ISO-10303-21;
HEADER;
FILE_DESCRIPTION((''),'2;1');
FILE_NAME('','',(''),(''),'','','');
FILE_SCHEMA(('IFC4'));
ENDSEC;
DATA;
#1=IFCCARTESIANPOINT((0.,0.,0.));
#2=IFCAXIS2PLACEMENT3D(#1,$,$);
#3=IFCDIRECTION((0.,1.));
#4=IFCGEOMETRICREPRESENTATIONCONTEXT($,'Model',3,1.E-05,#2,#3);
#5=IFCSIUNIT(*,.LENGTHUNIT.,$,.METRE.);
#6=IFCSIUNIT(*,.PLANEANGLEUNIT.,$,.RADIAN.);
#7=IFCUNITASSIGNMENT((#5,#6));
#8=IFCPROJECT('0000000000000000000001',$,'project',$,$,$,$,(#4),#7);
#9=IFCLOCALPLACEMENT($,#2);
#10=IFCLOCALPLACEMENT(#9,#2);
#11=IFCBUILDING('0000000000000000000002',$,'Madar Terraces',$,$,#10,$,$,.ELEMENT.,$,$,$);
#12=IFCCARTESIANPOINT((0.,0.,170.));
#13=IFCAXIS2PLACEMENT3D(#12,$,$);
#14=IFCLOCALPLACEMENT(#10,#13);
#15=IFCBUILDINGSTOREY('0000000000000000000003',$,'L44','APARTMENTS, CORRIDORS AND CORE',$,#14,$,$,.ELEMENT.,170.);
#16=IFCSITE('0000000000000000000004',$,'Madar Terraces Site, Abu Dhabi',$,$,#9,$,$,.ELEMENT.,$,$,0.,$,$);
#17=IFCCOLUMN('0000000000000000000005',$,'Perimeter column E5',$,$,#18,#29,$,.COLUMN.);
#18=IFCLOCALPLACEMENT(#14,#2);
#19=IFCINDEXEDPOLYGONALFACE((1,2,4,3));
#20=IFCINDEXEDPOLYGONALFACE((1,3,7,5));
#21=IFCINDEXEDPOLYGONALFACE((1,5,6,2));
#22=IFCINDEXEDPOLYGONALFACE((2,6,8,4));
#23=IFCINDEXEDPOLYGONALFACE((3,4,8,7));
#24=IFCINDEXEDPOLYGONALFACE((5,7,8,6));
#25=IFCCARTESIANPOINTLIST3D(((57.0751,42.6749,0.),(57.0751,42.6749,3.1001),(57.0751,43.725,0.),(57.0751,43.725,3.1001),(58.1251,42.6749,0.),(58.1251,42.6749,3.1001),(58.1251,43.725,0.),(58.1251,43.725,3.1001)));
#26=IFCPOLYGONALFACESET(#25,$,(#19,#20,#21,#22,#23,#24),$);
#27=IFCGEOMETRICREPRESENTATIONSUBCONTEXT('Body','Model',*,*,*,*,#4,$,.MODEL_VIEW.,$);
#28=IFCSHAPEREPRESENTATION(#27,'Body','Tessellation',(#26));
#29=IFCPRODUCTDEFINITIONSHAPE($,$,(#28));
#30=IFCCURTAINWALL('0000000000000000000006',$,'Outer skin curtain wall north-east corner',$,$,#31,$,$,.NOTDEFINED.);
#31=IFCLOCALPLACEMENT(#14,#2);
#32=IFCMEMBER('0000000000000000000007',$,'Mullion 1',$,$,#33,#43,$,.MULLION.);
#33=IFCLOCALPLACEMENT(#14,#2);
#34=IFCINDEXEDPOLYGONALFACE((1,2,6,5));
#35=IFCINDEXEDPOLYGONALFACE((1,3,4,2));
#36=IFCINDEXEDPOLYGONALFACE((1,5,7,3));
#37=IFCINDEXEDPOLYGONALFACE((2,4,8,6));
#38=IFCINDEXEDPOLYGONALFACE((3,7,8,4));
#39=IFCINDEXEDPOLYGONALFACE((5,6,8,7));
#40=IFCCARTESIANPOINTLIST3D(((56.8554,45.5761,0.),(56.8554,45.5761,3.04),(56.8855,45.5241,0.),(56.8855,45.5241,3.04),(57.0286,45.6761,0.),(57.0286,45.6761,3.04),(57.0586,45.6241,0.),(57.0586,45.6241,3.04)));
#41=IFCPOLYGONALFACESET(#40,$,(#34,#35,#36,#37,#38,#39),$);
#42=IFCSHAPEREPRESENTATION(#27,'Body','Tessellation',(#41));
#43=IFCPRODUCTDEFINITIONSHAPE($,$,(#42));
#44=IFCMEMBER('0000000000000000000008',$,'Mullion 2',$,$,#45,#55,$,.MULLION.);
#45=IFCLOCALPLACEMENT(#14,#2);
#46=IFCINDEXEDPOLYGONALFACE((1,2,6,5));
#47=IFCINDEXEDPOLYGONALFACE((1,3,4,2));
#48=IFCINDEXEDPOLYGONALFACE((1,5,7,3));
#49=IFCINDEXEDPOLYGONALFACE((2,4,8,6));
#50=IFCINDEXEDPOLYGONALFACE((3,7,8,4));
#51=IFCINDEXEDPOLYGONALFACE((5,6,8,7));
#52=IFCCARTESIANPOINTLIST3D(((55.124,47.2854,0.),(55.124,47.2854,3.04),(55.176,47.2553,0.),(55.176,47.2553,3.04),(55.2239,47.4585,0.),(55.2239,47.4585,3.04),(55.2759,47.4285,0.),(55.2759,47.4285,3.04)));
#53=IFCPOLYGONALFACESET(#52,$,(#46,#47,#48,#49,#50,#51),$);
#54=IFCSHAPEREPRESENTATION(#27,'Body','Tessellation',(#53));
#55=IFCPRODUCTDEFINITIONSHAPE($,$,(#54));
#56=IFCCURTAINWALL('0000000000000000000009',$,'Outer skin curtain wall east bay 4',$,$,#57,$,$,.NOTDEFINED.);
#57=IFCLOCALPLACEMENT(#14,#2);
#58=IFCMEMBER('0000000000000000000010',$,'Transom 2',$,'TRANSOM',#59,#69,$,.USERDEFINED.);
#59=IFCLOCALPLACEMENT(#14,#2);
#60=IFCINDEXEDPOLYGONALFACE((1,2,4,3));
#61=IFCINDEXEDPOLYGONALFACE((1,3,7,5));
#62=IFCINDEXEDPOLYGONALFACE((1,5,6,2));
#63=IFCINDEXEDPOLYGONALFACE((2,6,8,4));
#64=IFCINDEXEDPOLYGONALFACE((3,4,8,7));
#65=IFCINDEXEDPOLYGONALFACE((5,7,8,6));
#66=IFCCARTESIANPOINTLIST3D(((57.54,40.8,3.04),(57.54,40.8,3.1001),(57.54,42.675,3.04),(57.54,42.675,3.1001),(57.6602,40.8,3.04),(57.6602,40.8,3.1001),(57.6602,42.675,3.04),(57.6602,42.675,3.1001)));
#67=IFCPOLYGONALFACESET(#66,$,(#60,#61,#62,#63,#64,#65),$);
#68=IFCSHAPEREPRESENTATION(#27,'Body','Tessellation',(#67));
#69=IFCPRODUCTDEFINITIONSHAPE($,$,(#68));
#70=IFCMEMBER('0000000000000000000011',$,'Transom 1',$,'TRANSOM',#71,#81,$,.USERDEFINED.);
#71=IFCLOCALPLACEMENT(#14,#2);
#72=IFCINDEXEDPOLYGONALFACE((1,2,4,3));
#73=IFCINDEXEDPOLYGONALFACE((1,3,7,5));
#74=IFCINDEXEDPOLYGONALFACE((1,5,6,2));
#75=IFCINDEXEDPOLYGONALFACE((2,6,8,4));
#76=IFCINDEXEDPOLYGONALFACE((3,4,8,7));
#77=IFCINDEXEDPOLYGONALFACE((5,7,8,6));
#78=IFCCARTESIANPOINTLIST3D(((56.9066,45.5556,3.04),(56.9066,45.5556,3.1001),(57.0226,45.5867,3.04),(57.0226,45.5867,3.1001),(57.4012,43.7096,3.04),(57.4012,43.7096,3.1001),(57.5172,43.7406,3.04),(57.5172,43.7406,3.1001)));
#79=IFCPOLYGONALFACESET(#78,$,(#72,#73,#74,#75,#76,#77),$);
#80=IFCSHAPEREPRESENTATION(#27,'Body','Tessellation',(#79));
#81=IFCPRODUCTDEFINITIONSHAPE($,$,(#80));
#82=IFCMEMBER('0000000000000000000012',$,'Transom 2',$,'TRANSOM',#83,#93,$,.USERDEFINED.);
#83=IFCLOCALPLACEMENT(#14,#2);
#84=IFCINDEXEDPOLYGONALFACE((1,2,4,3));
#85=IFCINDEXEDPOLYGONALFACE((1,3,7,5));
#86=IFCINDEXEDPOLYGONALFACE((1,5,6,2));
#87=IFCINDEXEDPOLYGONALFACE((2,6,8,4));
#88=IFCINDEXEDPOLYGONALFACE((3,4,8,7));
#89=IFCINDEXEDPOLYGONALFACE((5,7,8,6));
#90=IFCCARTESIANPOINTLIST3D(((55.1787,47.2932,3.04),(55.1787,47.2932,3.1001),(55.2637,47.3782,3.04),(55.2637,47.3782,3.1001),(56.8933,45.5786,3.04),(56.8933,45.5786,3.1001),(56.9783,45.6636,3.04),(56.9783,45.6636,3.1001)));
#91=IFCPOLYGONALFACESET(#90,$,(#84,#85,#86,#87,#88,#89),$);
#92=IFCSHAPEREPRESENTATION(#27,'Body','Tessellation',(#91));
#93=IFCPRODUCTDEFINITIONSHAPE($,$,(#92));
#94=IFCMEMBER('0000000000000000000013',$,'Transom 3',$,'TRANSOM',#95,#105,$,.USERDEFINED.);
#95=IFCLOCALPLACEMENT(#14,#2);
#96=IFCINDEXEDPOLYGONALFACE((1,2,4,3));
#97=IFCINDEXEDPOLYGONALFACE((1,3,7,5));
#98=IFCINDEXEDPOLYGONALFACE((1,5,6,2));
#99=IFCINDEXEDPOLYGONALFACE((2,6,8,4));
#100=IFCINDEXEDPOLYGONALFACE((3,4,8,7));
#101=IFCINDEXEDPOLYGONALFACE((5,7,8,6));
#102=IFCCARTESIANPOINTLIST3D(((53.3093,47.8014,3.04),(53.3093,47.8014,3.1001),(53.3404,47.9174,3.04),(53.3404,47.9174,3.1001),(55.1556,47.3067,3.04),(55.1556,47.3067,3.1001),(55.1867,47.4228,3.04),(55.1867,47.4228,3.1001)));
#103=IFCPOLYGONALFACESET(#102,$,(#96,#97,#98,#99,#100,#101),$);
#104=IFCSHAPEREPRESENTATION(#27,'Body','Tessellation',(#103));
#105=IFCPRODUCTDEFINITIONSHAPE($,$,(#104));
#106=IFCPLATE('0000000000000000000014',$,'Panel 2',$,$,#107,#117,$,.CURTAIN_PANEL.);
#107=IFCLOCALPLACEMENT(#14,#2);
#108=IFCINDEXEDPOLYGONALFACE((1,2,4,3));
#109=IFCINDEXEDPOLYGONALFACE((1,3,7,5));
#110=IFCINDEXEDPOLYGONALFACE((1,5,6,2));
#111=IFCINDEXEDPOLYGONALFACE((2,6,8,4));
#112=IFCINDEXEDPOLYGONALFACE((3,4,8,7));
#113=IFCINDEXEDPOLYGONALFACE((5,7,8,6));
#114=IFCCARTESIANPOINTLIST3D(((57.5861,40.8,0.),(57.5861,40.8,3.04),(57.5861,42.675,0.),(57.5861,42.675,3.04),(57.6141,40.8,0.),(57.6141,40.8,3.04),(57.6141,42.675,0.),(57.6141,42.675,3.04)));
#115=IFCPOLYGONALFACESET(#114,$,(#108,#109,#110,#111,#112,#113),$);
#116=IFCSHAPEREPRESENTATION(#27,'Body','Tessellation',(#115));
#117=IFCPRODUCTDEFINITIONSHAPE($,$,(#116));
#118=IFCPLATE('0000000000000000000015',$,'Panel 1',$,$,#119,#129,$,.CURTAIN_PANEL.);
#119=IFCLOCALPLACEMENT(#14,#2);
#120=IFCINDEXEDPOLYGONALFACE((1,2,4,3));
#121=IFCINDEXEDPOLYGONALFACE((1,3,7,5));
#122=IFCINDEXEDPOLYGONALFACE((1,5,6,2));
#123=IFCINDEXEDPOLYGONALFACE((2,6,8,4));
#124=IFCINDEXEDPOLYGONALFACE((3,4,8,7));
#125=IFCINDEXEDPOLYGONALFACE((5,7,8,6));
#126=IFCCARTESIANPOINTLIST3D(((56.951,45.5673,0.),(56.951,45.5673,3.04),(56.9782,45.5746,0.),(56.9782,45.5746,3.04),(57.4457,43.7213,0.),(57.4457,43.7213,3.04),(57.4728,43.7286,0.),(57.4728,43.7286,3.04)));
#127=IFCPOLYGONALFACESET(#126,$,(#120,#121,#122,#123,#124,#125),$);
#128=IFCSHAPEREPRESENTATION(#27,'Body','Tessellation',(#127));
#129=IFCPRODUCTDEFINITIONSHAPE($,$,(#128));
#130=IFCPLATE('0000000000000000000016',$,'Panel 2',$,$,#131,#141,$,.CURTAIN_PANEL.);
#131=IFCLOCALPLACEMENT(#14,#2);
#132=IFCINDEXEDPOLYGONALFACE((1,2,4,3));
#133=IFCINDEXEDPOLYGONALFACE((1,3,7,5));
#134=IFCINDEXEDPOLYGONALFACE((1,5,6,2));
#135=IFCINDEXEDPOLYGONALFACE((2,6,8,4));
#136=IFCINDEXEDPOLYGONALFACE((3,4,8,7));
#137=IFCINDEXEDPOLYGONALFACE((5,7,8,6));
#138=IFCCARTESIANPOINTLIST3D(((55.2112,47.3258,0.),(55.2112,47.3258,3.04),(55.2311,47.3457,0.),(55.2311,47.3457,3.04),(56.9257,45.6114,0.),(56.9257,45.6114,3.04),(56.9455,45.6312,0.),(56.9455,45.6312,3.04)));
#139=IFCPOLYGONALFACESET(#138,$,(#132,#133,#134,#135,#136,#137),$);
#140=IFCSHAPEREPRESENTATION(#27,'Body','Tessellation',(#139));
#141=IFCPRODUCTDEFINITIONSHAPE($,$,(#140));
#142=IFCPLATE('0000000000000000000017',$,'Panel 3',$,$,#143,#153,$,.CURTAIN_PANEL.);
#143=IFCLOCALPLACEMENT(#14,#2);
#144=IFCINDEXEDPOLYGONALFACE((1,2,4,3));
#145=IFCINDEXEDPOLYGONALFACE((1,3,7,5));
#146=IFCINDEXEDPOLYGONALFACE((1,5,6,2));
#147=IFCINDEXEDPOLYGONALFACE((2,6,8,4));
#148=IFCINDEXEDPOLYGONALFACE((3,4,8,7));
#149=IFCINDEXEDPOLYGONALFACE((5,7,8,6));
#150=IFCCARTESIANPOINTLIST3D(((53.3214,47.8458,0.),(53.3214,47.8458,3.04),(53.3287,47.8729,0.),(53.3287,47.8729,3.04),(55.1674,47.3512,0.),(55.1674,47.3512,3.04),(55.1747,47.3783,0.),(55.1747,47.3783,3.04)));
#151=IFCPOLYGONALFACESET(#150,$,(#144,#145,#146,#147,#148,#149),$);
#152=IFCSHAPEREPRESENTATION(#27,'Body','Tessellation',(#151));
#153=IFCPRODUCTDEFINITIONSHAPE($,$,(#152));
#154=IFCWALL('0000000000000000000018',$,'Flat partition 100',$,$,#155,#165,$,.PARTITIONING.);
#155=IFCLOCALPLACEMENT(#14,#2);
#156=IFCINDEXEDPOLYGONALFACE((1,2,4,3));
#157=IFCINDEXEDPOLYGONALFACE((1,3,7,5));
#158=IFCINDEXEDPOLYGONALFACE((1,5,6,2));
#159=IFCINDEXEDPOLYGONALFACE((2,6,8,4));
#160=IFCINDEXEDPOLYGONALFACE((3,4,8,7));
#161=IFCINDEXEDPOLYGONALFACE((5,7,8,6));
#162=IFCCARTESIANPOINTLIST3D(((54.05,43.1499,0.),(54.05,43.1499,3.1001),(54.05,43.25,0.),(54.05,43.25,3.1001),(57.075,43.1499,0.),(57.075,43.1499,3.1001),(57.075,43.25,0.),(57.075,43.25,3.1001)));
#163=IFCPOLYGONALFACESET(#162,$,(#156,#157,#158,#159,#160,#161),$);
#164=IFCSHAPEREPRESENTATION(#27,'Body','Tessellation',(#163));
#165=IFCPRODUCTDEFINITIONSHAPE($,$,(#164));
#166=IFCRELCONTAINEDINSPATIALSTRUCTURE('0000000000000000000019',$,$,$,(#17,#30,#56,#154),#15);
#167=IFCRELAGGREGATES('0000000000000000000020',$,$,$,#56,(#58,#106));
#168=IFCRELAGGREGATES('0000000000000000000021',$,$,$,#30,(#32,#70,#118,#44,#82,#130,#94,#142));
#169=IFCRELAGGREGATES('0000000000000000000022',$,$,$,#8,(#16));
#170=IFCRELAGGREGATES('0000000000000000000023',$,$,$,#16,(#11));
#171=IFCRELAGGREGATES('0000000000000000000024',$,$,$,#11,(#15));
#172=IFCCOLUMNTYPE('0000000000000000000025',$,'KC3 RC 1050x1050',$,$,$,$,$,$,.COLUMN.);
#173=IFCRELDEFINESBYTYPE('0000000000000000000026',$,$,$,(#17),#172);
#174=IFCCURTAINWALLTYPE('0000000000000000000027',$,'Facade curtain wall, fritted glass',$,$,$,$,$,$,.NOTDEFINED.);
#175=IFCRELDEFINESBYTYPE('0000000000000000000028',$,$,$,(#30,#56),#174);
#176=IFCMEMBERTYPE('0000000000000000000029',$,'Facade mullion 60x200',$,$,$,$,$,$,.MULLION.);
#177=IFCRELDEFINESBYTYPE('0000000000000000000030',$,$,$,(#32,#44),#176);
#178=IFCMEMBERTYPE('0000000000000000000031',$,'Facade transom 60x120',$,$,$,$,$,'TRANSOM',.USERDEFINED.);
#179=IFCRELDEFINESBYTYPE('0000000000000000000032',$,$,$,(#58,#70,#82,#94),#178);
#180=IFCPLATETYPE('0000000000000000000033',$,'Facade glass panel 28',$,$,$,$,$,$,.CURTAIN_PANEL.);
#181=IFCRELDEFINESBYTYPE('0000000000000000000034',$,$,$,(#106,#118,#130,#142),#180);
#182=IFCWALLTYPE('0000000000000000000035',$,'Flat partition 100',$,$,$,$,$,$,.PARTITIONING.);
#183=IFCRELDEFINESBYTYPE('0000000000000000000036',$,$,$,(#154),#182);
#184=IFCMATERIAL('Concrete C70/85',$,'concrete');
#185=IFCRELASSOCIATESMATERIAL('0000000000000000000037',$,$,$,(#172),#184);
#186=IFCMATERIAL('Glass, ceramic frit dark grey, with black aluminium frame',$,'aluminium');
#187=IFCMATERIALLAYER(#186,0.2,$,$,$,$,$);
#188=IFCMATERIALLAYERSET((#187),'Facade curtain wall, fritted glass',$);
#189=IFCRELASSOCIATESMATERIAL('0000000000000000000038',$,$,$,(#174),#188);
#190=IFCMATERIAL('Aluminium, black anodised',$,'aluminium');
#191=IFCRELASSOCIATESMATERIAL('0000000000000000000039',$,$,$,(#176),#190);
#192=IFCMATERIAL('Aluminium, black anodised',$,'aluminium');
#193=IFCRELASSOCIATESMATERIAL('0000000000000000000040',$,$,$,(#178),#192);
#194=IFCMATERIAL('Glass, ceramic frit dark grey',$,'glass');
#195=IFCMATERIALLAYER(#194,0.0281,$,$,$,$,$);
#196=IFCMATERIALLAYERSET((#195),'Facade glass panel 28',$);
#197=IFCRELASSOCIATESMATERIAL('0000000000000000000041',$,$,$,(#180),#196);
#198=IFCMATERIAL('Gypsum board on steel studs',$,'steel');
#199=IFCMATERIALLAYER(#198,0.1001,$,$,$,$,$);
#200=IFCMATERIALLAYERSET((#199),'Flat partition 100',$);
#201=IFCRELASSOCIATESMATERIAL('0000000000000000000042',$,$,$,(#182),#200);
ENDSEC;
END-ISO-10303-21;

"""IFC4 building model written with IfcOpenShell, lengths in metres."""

from ifc_helpers import new_model, si_unit, direction, frame, frame_2d, origin, origin_2d, place, context, subcontext, project, spatial, rectangle, extrude, material, layer, layer_set, material_profile, profile_set, type_object, element, aggregate, save


model = new_model("IFC4")

# Units and contexts
model_context = context("Model", 3, precision=1e-05, world=origin(), true_north=direction((0.0, 1.0)))
body_context = subcontext(model_context, "Body", "Model", "MODEL_VIEW")
ifc_project = project(units=[si_unit("LENGTHUNIT", "METRE"), si_unit("PLANEANGLEUNIT", "RADIAN")], contexts=[model_context])

# Site, building, storey
site_placement = place(None, origin())
site = spatial("IfcSite", under=ifc_project, at=site_placement, Name="Madar Terraces Site, Abu Dhabi", CompositionType="ELEMENT", RefElevation=0.0)
building_placement = place(site_placement, origin())
building = spatial("IfcBuilding", under=site, at=building_placement, Name="Madar Terraces", CompositionType="ELEMENT")
storey_placement = place(building_placement, frame((0.0, 0.0, 170.0)))
storey = spatial("IfcBuildingStorey", under=building, at=storey_placement, Name="L44", Description="APARTMENTS, CORRIDORS AND CORE", CompositionType="ELEMENT", Elevation=170.0)

# Column
ifc_material_1 = material(Name="Concrete C70/85", Category="concrete")
ifc_material_profile_1 = material_profile(ifc_material_1, rectangle(XDim=1.05, YDim=1.05, at=origin_2d()), Name="KC3 RC 1050x1050")
ifc_profile_set_1 = profile_set([ifc_material_profile_1], Name="Concrete C70/85")
column_type = type_object("IfcColumnType", Name="KC3 RC 1050x1050", PredefinedType="COLUMN", material=ifc_profile_set_1)
column_placement = place(storey_placement, frame((57.6001, 43.2, 0.0), z_axis=(0.0, 0.0, 1.0), x_axis=(1.0, 0.0, 0.0)))
element("IfcColumn", 1, at=column_placement, inside=storey, type_object=column_type, Name="Perimeter column E5", PredefinedType="COLUMN", context=body_context, shape_type="SweptSolid", body=[
    extrude(rectangle(XDim=1.05, YDim=1.05, at=origin_2d()), origin(), (0.0, 0.0, 1.0), 3.1001),
])

# Curtain wall, members
ifc_material_2 = material(Name="Glass, ceramic frit dark grey, with black aluminium frame", Category="aluminium")
ifc_layer_1 = layer(ifc_material_2, 0.2)
ifc_layer_set_1 = layer_set([ifc_layer_1], Name="Facade curtain wall, fritted glass")
curtain_wall_type = type_object("IfcCurtainWallType", Name="Facade curtain wall, fritted glass", PredefinedType="NOTDEFINED", material=ifc_layer_set_1)
curtain_wall_1_placement = place(storey_placement, origin())
curtain_wall_1 = element("IfcCurtainWall", 2, at=curtain_wall_1_placement, inside=storey, type_object=curtain_wall_type, Name="Outer skin curtain wall north-east corner", PredefinedType="NOTDEFINED")
ifc_material_3 = material(Name="Aluminium, black anodised", Category="aluminium")
ifc_material_profile_2 = material_profile(ifc_material_3, rectangle(XDim=0.2, YDim=0.0601, at=origin_2d()), Name="Facade mullion 60x200")
ifc_profile_set_2 = profile_set([ifc_material_profile_2], Name="Aluminium, black anodised")
member_type_1 = type_object("IfcMemberType", Name="Facade mullion 60x200", PredefinedType="MULLION", material=ifc_profile_set_2)
member_1_placement = place(storey_placement, frame((56.957, 45.6001, 0.0), z_axis=(0.0, 0.0, 1.0), x_axis=(-0.866025, -0.5, 0.0)))
member_1 = element("IfcMember", 3, at=member_1_placement, type_object=member_type_1, Name="Mullion 1", PredefinedType="MULLION", context=body_context, shape_type="SweptSolid", body=[
    extrude(rectangle(XDim=0.2, YDim=0.0601, at=origin_2d()), origin(), (0.0, 0.0, 1.0), 3.04),
])
member_2_placement = place(storey_placement, frame((55.2, 47.3569, 0.0), z_axis=(0.0, 0.0, 1.0), x_axis=(-0.5, -0.866025, 0.0)))
member_2 = element("IfcMember", 4, at=member_2_placement, type_object=member_type_1, Name="Mullion 2", PredefinedType="MULLION", context=body_context, shape_type="SweptSolid", body=[
    extrude(rectangle(XDim=0.2, YDim=0.0601, at=origin_2d()), origin(), (0.0, 0.0, 1.0), 3.04),
])

# Curtain wall, member
curtain_wall_2_placement = place(storey_placement, origin())
curtain_wall_2 = element("IfcCurtainWall", 5, at=curtain_wall_2_placement, inside=storey, type_object=curtain_wall_type, Name="Outer skin curtain wall east bay 4", PredefinedType="NOTDEFINED")
ifc_material_4 = material(Name="Aluminium, black anodised", Category="aluminium")
ifc_material_profile_3 = material_profile(ifc_material_4, rectangle(XDim=0.1201, YDim=0.0601, at=origin_2d()), Name="Facade transom 60x120")
ifc_profile_set_3 = profile_set([ifc_material_profile_3], Name="Aluminium, black anodised")
member_type_2 = type_object("IfcMemberType", Name="Facade transom 60x120", ElementType="TRANSOM", PredefinedType="USERDEFINED", material=ifc_profile_set_3)
member_3_placement = place(storey_placement, frame((57.6001, 40.8, 3.0701), z_axis=(0.0, 1.0, 0.0), x_axis=(-1.0, 0.0, 0.0)))
member_3 = element("IfcMember", 6, at=member_3_placement, type_object=member_type_2, Name="Transom 2", ObjectType="TRANSOM", PredefinedType="USERDEFINED", context=body_context, shape_type="SweptSolid", body=[
    extrude(rectangle(XDim=0.1201, YDim=0.0601, at=origin_2d()), origin(), (0.0, 0.0, 1.0), 1.875),
])

# Members
member_4_placement = place(storey_placement, frame((57.4592, 43.7251, 3.0701), z_axis=(-0.258823, 0.965925, 0.0), x_axis=(-0.965925, -0.258823, 0.0)))
member_4 = element("IfcMember", 7, at=member_4_placement, type_object=member_type_2, Name="Transom 1", ObjectType="TRANSOM", PredefinedType="USERDEFINED", context=body_context, shape_type="SweptSolid", body=[
    extrude(rectangle(XDim=0.1201, YDim=0.0601, at=origin_2d()), origin(), (0.0, 0.0, 1.0), 1.9111),
])
member_5_placement = place(storey_placement, frame((56.9358, 45.6211, 3.0701), z_axis=(-0.707107, 0.707107, 0.0), x_axis=(-0.707107, -0.707107, 0.0)))
member_5 = element("IfcMember", 8, at=member_5_placement, type_object=member_type_2, Name="Transom 2", ObjectType="TRANSOM", PredefinedType="USERDEFINED", context=body_context, shape_type="SweptSolid", body=[
    extrude(rectangle(XDim=0.1201, YDim=0.0601, at=origin_2d()), origin(), (0.0, 0.0, 1.0), 2.4248),
])
member_6_placement = place(storey_placement, frame((55.1711, 47.3647, 3.0701), z_axis=(-0.965933, 0.258791, 0.0), x_axis=(-0.258791, -0.965933, 0.0)))
member_6 = element("IfcMember", 9, at=member_6_placement, type_object=member_type_2, Name="Transom 3", ObjectType="TRANSOM", PredefinedType="USERDEFINED", context=body_context, shape_type="SweptSolid", body=[
    extrude(rectangle(XDim=0.1201, YDim=0.0601, at=origin_2d()), origin(), (0.0, 0.0, 1.0), 1.9114),
])

# Plates
ifc_material_5 = material(Name="Glass, ceramic frit dark grey", Category="glass")
ifc_layer_2 = layer(ifc_material_5, 0.0281)
ifc_layer_set_2 = layer_set([ifc_layer_2], Name="Facade glass panel 28")
plate_type = type_object("IfcPlateType", Name="Facade glass panel 28", PredefinedType="CURTAIN_PANEL", material=ifc_layer_set_2)
plate_1_placement = place(storey_placement, frame((57.6001, 41.7375, 0.0), z_axis=(0.0, 0.0, 1.0), x_axis=(0.0, 1.0, 0.0)))
plate_1 = element("IfcPlate", 10, at=plate_1_placement, type_object=plate_type, Name="Panel 2", PredefinedType="CURTAIN_PANEL", context=body_context, shape_type="SweptSolid", body=[
    extrude(rectangle(XDim=1.875, YDim=0.0281, at=origin_2d()), origin(), (0.0, 0.0, 1.0), 3.04),
])
aggregate(curtain_wall_2, [member_3, plate_1])
plate_2_placement = place(storey_placement, frame((57.2119, 44.6479, 0.0), z_axis=(0.0, 0.0, 1.0), x_axis=(-0.258819, 0.965926, 0.0)))
plate_2 = element("IfcPlate", 11, at=plate_2_placement, type_object=plate_type, Name="Panel 1", PredefinedType="CURTAIN_PANEL", context=body_context, shape_type="SweptSolid", body=[
    extrude(rectangle(XDim=1.9111, YDim=0.0281, at=origin_2d()), origin(), (0.0, 0.0, 1.0), 3.04),
])
plate_3_placement = place(storey_placement, frame((56.0784, 46.4785, 0.0), z_axis=(0.0, 0.0, 1.0), x_axis=(-0.707107, 0.707107, 0.0)))
plate_3 = element("IfcPlate", 12, at=plate_3_placement, type_object=plate_type, Name="Panel 2", PredefinedType="CURTAIN_PANEL", context=body_context, shape_type="SweptSolid", body=[
    extrude(rectangle(XDim=2.4246, YDim=0.0281, at=origin_2d()), origin(), (0.0, 0.0, 1.0), 3.04),
])
plate_4_placement = place(storey_placement, frame((54.248, 47.6121, 0.0), z_axis=(0.0, 0.0, 1.0), x_axis=(-0.965926, 0.258819, 0.0)))
plate_4 = element("IfcPlate", 13, at=plate_4_placement, type_object=plate_type, Name="Panel 3", PredefinedType="CURTAIN_PANEL", context=body_context, shape_type="SweptSolid", body=[
    extrude(rectangle(XDim=1.9111, YDim=0.0281, at=origin_2d()), origin(), (0.0, 0.0, 1.0), 3.04),
])
aggregate(curtain_wall_1, [member_1, member_4, plate_2, member_2, member_5, plate_3, member_6, plate_4])

# Wall
ifc_material_6 = material(Name="Gypsum board on steel studs", Category="steel")
ifc_layer_3 = layer(ifc_material_6, 0.1001)
ifc_layer_set_3 = layer_set([ifc_layer_3], Name="Flat partition 100")
wall_type = type_object("IfcWallType", Name="Flat partition 100", PredefinedType="PARTITIONING", material=ifc_layer_set_3)
wall_placement = place(storey_placement, frame((54.05, 43.2, 0.0), z_axis=(0.0, 0.0, 1.0), x_axis=(1.0, 0.0, 0.0)))
element("IfcWall", 14, at=wall_placement, inside=storey, type_object=wall_type, Name="Flat partition 100", PredefinedType="PARTITIONING", context=body_context, shape_type="SweptSolid", body=[
    extrude(rectangle(XDim=3.0249, YDim=0.1001, at=frame_2d((1.5125, 0.0))), origin(), (0.0, 0.0, 1.0), 3.1001),
])

save(model, "model.ifc")
